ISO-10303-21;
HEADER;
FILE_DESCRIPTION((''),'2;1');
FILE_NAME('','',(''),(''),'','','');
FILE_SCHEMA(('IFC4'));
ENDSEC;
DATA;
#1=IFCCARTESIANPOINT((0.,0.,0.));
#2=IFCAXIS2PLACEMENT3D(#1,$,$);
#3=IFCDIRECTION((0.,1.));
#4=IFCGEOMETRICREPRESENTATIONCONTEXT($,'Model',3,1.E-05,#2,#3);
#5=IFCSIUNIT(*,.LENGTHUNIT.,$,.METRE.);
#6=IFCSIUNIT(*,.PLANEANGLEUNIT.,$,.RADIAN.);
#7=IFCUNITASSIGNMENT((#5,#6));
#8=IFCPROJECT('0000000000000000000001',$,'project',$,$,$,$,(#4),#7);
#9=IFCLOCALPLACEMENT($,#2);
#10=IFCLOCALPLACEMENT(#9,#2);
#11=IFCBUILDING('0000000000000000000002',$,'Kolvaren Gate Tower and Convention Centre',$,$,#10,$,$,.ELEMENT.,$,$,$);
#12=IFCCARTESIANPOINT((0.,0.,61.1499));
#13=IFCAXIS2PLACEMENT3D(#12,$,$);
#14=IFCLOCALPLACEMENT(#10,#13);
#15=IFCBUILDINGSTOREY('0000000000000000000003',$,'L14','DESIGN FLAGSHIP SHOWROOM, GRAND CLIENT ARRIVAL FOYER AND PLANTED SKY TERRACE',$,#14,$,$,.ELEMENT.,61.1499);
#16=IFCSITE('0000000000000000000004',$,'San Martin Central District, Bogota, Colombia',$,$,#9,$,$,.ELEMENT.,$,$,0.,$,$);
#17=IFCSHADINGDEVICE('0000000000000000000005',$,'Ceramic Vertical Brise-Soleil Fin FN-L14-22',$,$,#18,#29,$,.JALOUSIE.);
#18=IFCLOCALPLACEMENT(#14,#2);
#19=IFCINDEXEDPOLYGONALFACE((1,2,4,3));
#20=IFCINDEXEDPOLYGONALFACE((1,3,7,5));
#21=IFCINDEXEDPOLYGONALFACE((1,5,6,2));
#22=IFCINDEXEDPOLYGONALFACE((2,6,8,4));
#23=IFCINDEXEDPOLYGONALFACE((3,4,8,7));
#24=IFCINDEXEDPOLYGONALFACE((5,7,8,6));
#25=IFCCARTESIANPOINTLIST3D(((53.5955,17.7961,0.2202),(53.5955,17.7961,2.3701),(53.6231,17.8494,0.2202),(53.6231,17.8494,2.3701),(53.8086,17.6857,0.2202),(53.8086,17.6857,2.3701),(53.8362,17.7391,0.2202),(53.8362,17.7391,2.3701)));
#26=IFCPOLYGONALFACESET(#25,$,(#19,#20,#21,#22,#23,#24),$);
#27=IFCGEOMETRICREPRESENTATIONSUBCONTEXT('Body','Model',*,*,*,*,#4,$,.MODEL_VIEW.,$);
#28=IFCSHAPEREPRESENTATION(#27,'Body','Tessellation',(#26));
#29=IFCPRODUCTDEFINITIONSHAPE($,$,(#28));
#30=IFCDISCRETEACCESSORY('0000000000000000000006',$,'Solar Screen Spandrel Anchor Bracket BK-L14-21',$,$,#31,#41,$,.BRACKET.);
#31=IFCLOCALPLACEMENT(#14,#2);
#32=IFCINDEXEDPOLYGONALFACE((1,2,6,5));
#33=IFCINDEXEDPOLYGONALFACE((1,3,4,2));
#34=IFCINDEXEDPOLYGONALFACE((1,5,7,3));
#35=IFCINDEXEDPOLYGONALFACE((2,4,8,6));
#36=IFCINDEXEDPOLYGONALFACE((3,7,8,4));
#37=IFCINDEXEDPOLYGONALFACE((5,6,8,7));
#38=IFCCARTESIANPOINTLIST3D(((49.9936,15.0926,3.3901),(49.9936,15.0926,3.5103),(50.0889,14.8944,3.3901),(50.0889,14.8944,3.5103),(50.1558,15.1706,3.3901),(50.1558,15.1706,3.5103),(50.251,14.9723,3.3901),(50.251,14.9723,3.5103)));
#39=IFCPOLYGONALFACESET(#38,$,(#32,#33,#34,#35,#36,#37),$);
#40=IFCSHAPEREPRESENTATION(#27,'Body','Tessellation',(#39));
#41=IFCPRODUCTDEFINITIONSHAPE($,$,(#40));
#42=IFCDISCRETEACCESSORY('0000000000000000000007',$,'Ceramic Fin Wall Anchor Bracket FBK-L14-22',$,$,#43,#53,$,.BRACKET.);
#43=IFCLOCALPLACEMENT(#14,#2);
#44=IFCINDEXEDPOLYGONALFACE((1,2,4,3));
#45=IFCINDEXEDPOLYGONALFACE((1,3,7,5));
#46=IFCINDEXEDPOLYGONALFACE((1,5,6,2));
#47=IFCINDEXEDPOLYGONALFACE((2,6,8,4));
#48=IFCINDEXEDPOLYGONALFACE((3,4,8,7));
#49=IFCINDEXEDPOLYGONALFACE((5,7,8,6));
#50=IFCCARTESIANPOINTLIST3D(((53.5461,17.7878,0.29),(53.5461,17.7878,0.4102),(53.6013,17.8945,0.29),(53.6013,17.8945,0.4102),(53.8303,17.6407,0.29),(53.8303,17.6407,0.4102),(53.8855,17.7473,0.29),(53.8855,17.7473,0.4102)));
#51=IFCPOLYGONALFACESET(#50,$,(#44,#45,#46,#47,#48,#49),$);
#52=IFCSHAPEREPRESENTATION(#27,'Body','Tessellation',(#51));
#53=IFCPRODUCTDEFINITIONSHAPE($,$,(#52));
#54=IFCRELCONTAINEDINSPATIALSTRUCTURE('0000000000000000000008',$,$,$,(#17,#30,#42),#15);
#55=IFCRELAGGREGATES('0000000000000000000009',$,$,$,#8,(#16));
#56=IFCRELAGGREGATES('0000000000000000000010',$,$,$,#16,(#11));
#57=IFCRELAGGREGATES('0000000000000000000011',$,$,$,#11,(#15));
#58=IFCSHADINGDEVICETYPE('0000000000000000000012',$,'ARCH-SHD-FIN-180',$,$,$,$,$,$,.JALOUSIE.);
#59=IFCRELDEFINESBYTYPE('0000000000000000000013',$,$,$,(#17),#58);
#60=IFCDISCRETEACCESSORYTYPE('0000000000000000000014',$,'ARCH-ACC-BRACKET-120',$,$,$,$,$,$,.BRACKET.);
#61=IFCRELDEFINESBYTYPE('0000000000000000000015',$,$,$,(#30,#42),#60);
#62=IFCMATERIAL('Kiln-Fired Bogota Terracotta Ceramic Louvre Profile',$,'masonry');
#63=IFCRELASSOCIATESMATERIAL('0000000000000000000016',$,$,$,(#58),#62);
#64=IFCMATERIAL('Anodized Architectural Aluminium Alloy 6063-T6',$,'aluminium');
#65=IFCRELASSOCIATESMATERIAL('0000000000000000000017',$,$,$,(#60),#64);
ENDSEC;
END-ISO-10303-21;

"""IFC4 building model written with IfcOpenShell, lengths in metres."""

from ifc_helpers import new_model, si_unit, direction, frame, origin, origin_2d, place, context, subcontext, project, spatial, rectangle, extrude, material, type_object, element, save


model = new_model("IFC4")

# Units and contexts
model_context = context("Model", 3, precision=1e-05, world=origin(), true_north=direction((0.0, 1.0)))
body_context = subcontext(model_context, "Body", "Model", "MODEL_VIEW")
ifc_project = project(units=[si_unit("LENGTHUNIT", "METRE"), si_unit("PLANEANGLEUNIT", "RADIAN")], contexts=[model_context])

# Site, building, storey
site_placement = place(None, origin())
site = spatial("IfcSite", under=ifc_project, at=site_placement, Name="San Martin Central District, Bogota, Colombia", CompositionType="ELEMENT", RefElevation=0.0)
building_placement = place(site_placement, origin())
building = spatial("IfcBuilding", under=site, at=building_placement, Name="Kolvaren Gate Tower and Convention Centre", CompositionType="ELEMENT")
storey_placement = place(building_placement, frame((0.0, 0.0, 61.1499)))
storey = spatial("IfcBuildingStorey", under=building, at=storey_placement, Name="L14", Description="DESIGN FLAGSHIP SHOWROOM, GRAND CLIENT ARRIVAL FOYER AND PLANTED SKY TERRACE", CompositionType="ELEMENT", Elevation=61.1499)

# Shared definitions
ifc_material_1 = material(Name="Anodized Architectural Aluminium Alloy 6063-T6", Category="aluminium")

# Shading device
ifc_material_2 = material(Name="Kiln-Fired Bogota Terracotta Ceramic Louvre Profile", Category="masonry")
shading_device_type = type_object("IfcShadingDeviceType", Name="ARCH-SHD-FIN-180", PredefinedType="JALOUSIE", material=ifc_material_2)
shading_device_placement = place(storey_placement, frame((53.7158, 17.7676, 0.2202), z_axis=(0.0, 0.0, 1.0), x_axis=(0.459802, 0.888022, 0.0)))
element("IfcShadingDevice", 1, at=shading_device_placement, inside=storey, type_object=shading_device_type, Name="Ceramic Vertical Brise-Soleil Fin FN-L14-22", PredefinedType="JALOUSIE", context=body_context, shape_type="SweptSolid", body=[
    extrude(rectangle(XDim=0.0601, YDim=0.24, at=origin_2d()), origin(), (0.0, 0.0, 1.0), 2.1499),
])

# Discrete accessories
discrete_accessory_type = type_object("IfcDiscreteAccessoryType", Name="ARCH-ACC-BRACKET-120", PredefinedType="BRACKET", material=ifc_material_1)
discrete_accessory_1_placement = place(storey_placement, frame((50.1223, 15.0325, 3.3901), z_axis=(0.0, 0.0, 1.0), x_axis=(0.901358, 0.433076, 0.0)))
element("IfcDiscreteAccessory", 2, at=discrete_accessory_1_placement, inside=storey, type_object=discrete_accessory_type, Name="Solar Screen Spandrel Anchor Bracket BK-L14-21", PredefinedType="BRACKET", context=body_context, shape_type="SweptSolid", body=[
    extrude(rectangle(XDim=0.1799, YDim=0.22, at=origin_2d()), origin(), (0.0, 0.0, 1.0), 0.1201),
])
discrete_accessory_2_placement = place(storey_placement, frame((53.7158, 17.7676, 0.29), z_axis=(0.0, 0.0, 1.0), x_axis=(0.459802, 0.888022, 0.0)))
element("IfcDiscreteAccessory", 3, at=discrete_accessory_2_placement, inside=storey, type_object=discrete_accessory_type, Name="Ceramic Fin Wall Anchor Bracket FBK-L14-22", PredefinedType="BRACKET", context=body_context, shape_type="SweptSolid", body=[
    extrude(rectangle(XDim=0.1201, YDim=0.3201, at=origin_2d()), origin(), (0.0, 0.0, 1.0), 0.1201),
])

save(model, "model.ifc")
